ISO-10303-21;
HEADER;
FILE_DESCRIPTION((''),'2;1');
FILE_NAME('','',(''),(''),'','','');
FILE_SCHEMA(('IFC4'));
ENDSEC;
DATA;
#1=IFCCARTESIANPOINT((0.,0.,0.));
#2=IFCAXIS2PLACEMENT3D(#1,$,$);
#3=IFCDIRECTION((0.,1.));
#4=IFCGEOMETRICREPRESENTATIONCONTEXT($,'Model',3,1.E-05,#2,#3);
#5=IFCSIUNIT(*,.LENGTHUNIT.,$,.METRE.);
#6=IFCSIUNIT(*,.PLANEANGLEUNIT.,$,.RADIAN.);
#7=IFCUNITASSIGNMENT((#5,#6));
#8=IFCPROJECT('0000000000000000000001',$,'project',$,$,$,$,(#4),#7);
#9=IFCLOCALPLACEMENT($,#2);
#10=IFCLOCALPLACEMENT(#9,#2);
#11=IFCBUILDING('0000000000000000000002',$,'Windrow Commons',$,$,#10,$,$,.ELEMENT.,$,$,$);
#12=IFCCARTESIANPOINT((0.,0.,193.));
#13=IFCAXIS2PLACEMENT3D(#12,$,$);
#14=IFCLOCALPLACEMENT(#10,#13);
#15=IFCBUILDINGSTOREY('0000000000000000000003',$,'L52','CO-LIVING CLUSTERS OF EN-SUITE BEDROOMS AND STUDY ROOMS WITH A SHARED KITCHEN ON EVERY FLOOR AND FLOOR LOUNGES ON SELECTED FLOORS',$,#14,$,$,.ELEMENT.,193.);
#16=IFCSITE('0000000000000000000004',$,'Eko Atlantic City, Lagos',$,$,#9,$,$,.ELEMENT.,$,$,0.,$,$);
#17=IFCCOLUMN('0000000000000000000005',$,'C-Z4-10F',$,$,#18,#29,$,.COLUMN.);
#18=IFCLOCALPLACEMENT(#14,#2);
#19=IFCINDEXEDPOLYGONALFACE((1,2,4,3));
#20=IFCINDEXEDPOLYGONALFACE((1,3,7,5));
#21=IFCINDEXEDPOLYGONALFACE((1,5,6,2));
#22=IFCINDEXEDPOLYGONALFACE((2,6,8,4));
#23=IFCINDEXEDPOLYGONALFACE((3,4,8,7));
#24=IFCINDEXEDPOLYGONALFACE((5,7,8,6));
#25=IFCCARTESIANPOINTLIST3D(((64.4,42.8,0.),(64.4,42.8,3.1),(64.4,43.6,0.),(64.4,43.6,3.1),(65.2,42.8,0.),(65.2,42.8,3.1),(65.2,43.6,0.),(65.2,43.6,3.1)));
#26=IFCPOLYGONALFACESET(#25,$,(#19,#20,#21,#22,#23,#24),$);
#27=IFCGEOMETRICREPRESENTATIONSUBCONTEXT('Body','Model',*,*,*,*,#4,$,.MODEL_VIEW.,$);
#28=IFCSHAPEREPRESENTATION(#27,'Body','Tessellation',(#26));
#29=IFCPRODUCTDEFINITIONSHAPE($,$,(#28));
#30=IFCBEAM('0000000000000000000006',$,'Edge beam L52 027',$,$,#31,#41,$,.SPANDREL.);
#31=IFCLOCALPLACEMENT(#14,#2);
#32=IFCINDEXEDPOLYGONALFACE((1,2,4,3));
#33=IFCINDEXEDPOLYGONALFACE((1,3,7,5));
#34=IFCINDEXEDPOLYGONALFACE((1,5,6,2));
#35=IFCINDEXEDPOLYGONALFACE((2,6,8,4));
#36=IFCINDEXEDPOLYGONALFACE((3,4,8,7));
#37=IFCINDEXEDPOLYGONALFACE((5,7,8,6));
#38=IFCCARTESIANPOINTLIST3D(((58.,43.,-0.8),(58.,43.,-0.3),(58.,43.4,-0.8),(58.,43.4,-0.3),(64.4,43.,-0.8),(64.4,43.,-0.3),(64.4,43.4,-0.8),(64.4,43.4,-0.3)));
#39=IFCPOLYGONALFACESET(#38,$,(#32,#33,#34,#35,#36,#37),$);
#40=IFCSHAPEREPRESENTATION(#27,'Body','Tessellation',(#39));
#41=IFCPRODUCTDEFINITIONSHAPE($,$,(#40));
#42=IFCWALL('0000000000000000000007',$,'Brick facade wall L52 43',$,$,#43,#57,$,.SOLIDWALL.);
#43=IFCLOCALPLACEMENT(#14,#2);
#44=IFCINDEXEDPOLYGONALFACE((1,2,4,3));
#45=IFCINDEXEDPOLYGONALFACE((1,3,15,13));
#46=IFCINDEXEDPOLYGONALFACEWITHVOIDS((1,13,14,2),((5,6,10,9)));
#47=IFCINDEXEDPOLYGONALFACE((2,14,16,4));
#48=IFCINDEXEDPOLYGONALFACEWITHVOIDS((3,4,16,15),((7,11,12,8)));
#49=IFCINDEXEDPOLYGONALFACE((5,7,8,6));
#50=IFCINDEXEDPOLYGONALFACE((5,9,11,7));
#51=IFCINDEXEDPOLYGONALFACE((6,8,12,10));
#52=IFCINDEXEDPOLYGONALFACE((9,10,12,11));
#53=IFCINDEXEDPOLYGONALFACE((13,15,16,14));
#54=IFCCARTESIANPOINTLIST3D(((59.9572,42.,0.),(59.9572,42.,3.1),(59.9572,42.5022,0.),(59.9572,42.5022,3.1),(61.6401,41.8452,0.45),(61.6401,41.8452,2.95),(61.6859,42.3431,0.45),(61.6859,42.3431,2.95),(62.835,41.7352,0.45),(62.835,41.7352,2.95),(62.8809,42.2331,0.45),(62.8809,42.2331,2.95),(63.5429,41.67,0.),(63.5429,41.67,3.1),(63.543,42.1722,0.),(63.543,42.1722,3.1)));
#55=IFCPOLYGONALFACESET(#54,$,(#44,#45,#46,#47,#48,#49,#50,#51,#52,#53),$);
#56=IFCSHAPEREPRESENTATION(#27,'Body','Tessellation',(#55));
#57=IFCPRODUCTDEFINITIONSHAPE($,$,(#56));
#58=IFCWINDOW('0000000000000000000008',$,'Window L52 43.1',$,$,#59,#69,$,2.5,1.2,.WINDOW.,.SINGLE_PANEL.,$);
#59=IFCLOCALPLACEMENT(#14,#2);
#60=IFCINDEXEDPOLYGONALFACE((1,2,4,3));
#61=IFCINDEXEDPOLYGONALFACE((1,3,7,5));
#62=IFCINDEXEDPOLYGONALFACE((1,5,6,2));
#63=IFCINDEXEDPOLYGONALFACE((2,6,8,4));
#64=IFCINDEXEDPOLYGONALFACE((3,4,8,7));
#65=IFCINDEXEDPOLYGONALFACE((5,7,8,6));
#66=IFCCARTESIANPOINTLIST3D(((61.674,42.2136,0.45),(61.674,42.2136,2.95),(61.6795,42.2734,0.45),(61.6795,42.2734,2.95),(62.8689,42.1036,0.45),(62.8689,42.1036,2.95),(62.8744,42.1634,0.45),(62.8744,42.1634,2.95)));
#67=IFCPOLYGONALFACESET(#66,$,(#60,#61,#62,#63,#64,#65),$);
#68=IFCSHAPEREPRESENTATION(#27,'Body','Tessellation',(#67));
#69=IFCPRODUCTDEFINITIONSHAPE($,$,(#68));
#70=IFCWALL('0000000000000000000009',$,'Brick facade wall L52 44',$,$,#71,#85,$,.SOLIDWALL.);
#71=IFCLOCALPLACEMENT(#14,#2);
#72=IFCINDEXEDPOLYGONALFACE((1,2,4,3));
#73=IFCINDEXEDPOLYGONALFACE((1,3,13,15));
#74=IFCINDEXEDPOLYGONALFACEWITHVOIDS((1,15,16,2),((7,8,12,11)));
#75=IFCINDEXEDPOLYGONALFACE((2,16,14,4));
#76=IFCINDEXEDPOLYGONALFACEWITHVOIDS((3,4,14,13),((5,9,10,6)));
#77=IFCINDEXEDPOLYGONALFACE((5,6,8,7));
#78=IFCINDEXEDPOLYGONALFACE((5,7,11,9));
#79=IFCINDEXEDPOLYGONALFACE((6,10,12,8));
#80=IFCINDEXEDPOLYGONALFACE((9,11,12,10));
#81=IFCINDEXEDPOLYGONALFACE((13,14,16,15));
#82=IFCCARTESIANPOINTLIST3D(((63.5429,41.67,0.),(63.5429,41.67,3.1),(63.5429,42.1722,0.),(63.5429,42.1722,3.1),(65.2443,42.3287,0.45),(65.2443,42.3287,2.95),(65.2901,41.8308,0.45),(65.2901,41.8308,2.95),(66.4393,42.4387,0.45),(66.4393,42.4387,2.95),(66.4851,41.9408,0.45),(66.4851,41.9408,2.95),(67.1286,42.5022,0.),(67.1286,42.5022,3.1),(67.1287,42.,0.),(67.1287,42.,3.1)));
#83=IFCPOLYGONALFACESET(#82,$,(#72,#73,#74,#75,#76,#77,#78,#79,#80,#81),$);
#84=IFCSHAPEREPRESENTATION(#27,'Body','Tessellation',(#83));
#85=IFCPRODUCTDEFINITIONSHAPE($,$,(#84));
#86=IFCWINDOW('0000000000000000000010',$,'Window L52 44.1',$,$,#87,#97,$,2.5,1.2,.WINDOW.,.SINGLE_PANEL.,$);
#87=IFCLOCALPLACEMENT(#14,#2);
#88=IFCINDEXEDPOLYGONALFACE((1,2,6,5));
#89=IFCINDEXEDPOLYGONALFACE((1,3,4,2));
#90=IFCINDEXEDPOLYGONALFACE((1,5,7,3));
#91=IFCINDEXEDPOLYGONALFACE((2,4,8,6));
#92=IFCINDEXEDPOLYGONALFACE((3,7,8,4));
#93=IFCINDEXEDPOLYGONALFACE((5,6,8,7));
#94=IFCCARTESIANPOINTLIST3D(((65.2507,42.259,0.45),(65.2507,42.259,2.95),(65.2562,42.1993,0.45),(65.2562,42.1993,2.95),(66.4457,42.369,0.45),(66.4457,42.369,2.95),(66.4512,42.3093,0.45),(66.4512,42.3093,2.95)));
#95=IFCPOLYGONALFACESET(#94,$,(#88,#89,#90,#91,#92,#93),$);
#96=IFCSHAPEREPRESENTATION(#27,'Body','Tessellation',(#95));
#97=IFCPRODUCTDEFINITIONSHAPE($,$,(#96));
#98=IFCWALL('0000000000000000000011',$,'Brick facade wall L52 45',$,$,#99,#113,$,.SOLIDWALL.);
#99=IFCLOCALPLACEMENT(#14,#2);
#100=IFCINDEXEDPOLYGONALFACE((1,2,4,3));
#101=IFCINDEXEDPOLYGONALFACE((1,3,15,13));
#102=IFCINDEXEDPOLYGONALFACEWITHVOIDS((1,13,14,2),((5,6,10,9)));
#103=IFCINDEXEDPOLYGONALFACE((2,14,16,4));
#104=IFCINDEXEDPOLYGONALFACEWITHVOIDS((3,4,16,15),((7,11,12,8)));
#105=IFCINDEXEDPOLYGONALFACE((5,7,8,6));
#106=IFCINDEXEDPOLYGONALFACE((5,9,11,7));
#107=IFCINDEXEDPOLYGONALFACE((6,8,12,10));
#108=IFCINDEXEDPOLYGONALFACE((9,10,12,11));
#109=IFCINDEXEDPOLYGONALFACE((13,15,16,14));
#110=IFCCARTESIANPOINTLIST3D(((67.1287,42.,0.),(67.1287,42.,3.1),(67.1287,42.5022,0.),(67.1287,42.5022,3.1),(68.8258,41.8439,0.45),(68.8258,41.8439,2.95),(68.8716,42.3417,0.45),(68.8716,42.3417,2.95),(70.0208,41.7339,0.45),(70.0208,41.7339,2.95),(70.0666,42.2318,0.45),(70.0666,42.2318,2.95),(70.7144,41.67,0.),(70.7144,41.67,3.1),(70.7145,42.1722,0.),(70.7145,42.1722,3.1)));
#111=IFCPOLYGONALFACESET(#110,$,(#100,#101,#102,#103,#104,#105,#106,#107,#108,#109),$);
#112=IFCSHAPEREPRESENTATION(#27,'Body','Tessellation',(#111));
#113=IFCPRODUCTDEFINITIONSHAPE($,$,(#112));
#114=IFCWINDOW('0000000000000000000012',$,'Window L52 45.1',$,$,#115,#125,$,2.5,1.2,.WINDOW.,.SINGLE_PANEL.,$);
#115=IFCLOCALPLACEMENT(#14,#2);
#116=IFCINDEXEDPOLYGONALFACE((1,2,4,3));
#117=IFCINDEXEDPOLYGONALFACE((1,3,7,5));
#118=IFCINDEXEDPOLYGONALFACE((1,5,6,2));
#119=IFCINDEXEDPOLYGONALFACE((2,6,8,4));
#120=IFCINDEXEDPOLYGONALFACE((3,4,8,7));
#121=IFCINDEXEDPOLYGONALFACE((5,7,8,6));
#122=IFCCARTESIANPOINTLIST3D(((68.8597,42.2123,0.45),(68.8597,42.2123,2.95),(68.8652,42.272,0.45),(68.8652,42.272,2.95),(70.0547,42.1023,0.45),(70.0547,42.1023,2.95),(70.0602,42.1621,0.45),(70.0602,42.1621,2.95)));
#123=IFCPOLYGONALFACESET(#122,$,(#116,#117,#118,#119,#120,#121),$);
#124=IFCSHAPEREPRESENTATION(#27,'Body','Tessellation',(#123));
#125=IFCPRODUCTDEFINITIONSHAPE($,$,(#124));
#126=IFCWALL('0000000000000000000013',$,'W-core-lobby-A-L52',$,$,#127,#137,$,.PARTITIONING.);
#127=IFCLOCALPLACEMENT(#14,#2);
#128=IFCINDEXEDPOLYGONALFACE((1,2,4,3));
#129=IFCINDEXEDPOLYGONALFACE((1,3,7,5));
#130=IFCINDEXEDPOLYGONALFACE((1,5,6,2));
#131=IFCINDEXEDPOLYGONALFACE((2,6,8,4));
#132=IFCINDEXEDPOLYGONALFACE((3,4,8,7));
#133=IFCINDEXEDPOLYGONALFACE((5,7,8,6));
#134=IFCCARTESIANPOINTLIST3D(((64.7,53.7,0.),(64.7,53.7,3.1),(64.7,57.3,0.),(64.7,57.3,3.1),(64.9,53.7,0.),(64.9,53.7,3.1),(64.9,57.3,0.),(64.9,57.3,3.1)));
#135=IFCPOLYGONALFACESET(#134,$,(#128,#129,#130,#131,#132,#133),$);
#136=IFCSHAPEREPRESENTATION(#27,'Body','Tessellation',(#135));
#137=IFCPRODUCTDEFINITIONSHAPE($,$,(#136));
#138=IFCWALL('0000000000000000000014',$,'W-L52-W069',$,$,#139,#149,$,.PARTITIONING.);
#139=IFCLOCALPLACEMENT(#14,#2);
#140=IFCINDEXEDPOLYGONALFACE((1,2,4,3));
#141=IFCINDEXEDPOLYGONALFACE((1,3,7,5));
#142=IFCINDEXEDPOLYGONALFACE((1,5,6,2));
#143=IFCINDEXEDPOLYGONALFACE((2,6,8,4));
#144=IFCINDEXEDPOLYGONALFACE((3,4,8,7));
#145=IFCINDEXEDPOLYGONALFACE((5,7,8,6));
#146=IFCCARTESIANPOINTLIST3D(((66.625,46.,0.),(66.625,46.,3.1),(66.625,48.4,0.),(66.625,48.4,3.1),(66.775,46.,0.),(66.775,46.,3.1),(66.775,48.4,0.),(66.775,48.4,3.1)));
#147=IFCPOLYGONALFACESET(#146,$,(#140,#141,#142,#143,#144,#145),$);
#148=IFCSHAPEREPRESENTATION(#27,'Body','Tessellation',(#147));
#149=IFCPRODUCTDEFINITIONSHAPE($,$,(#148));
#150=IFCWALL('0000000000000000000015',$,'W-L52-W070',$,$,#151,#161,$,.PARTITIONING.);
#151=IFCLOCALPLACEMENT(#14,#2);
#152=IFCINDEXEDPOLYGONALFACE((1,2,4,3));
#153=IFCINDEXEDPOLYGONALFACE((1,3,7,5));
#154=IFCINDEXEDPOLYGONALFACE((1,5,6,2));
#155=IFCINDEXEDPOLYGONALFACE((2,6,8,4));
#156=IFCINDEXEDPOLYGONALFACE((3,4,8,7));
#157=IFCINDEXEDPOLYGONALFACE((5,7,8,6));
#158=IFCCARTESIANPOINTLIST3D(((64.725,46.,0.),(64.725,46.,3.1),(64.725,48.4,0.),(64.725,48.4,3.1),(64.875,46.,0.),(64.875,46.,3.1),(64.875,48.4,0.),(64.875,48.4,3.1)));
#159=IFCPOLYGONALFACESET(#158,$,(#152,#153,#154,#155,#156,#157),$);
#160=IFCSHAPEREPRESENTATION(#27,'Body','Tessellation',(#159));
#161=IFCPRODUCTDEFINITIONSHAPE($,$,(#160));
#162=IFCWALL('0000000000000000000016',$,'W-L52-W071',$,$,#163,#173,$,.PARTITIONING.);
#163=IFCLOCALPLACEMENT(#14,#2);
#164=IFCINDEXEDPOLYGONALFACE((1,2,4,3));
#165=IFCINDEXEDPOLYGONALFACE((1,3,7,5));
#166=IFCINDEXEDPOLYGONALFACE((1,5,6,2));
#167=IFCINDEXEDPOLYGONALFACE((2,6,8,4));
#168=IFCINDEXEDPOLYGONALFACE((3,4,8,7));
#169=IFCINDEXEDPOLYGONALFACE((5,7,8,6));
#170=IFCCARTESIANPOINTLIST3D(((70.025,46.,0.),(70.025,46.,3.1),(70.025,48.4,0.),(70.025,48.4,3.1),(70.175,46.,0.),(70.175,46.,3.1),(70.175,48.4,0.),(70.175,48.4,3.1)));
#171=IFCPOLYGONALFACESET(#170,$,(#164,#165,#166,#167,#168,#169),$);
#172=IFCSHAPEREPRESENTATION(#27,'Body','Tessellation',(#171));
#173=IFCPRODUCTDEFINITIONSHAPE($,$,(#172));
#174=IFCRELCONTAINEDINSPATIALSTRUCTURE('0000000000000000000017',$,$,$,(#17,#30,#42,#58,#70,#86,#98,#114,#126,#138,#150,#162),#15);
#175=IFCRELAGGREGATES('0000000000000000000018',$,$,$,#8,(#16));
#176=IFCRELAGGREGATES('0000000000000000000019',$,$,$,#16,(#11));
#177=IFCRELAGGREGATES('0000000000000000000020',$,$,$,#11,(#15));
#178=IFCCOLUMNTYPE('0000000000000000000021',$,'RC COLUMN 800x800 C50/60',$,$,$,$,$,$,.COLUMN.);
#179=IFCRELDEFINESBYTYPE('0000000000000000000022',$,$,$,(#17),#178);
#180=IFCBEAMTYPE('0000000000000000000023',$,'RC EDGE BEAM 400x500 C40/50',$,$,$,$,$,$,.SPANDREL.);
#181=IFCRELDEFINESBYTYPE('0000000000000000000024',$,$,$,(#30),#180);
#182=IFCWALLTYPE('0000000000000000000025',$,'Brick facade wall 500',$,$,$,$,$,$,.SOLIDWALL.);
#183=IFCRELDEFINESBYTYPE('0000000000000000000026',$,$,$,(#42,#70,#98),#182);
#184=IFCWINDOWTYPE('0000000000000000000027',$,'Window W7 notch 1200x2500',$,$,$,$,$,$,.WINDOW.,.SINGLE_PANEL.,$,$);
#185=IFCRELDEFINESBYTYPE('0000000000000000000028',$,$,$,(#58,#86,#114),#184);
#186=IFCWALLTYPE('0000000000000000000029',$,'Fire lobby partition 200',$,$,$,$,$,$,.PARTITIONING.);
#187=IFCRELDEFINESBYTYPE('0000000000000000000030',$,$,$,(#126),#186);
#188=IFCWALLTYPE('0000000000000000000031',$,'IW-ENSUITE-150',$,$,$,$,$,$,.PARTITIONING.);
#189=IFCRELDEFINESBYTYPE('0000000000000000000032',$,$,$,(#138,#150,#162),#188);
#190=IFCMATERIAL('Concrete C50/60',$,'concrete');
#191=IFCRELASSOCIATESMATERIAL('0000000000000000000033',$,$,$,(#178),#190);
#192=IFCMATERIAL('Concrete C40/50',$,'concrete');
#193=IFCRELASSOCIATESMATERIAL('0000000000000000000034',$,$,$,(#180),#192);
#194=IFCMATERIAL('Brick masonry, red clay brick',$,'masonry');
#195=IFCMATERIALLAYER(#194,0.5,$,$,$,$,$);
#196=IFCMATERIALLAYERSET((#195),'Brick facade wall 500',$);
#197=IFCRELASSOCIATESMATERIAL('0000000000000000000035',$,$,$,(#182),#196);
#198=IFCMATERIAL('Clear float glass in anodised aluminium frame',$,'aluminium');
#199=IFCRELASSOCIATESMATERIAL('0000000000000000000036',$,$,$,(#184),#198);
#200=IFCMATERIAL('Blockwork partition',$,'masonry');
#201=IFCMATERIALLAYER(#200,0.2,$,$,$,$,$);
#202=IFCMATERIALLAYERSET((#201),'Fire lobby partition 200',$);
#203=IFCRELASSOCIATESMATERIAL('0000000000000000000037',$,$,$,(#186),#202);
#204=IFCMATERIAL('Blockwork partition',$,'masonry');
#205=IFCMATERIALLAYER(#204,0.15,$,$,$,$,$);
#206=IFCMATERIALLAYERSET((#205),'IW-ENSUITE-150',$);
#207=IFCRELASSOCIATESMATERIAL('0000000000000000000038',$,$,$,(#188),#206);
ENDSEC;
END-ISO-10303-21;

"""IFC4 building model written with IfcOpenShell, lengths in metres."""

from ifc_helpers import new_model, si_unit, direction, frame, frame_2d, origin, origin_2d, place, context, subcontext, project, spatial, polyline, rectangle, outline, extrude, material, layer, layer_set, material_profile, profile_set, type_object, element, fill, save


model = new_model("IFC4")

# Units and contexts
model_context = context("Model", 3, precision=1e-05, world=origin(), true_north=direction((0.0, 1.0)))
body_context = subcontext(model_context, "Body", "Model", "MODEL_VIEW")
ifc_project = project(units=[si_unit("LENGTHUNIT", "METRE"), si_unit("PLANEANGLEUNIT", "RADIAN")], contexts=[model_context])

# Site, building, storey
site_placement = place(None, origin())
site = spatial("IfcSite", under=ifc_project, at=site_placement, Name="Eko Atlantic City, Lagos", CompositionType="ELEMENT", RefElevation=0.0)
building_placement = place(site_placement, origin())
building = spatial("IfcBuilding", under=site, at=building_placement, Name="Windrow Commons", CompositionType="ELEMENT")
storey_placement = place(building_placement, frame((0.0, 0.0, 193.0)))
storey = spatial("IfcBuildingStorey", under=building, at=storey_placement, Name="L52", Description="CO-LIVING CLUSTERS OF EN-SUITE BEDROOMS AND STUDY ROOMS WITH A SHARED KITCHEN ON EVERY FLOOR AND FLOOR LOUNGES ON SELECTED FLOORS", CompositionType="ELEMENT", Elevation=193.0)

# Column
ifc_material_1 = material(Name="Concrete C50/60", Category="concrete")
ifc_material_profile_1 = material_profile(ifc_material_1, rectangle(XDim=0.8, YDim=0.8, at=origin_2d()))
ifc_profile_set_1 = profile_set([ifc_material_profile_1], Name="Concrete C50/60")
column_type = type_object("IfcColumnType", Name="RC COLUMN 800x800 C50/60", PredefinedType="COLUMN", material=ifc_profile_set_1)
column_placement = place(storey_placement, frame((64.8, 43.2, 0.0), z_axis=(0.0, 0.0, 1.0), x_axis=(1.0, 0.0, 0.0)))
element("IfcColumn", 1, at=column_placement, inside=storey, type_object=column_type, Name="C-Z4-10F", PredefinedType="COLUMN", context=body_context, shape_type="SweptSolid", body=[
    extrude(rectangle(XDim=0.8, YDim=0.8, at=origin_2d()), origin(), (0.0, 0.0, 1.0), 3.1),
])

# Beam
ifc_material_2 = material(Name="Concrete C40/50", Category="concrete")
ifc_material_profile_2 = material_profile(ifc_material_2, rectangle(XDim=0.4, YDim=0.5, at=origin_2d()))
ifc_profile_set_2 = profile_set([ifc_material_profile_2], Name="Concrete C40/50")
beam_type = type_object("IfcBeamType", Name="RC EDGE BEAM 400x500 C40/50", PredefinedType="SPANDREL", material=ifc_profile_set_2)
beam_placement = place(storey_placement, frame((64.4, 43.2, -0.55), z_axis=(-1.0, 0.0, 0.0), x_axis=(0.0, -1.0, 0.0)))
element("IfcBeam", 2, at=beam_placement, inside=storey, type_object=beam_type, Name="Edge beam L52 027", PredefinedType="SPANDREL", context=body_context, shape_type="SweptSolid", body=[
    extrude(rectangle(XDim=0.4, YDim=0.5, at=origin_2d()), origin(), (0.0, 0.0, 1.0), 6.4),
])

# Walls, openings, windows
ifc_material_3 = material(Name="Brick masonry, red clay brick", Category="masonry")
ifc_layer_1 = layer(ifc_material_3, 0.5)
ifc_layer_set_1 = layer_set([ifc_layer_1], Name="Brick facade wall 500")
wall_type_1 = type_object("IfcWallType", Name="Brick facade wall 500", PredefinedType="SOLIDWALL", material=ifc_layer_set_1)
wall_1_placement = place(storey_placement, frame((59.9572, 42.2511, 0.0), z_axis=(0.0, 0.0, 1.0), x_axis=(0.995792, -0.091645, 0.0)))
wall_1 = element("IfcWall", 3, at=wall_1_placement, inside=storey, type_object=wall_type_1, Name="Brick facade wall L52 43", PredefinedType="SOLIDWALL", context=body_context, shape_type="SweptSolid", body=[
    extrude(outline(polyline([(0.023, -0.25), (3.6239, -0.25), (3.5779, 0.25), (-0.023, 0.25), (0.023, -0.25)])), origin(), (0.0, 0.0, 1.0), 3.1),
])
opening_1_placement = place(wall_1_placement, frame((1.713, 0.0, 0.45)))
opening_1 = element("IfcOpeningElement", 4, at=opening_1_placement, cuts=wall_1, PredefinedType="OPENING", context=body_context, shape_type="SweptSolid", body=[
    extrude(rectangle(XDim=1.2, YDim=2.5, at=frame_2d((0.6, 1.25))), frame((0.0, 0.26, 0.0), z_axis=(0.0, -1.0, 0.0), x_axis=(1.0, 0.0, 0.0)), (0.0, 0.0, 1.0), 0.52),
])
ifc_material_4 = material(Name="Clear float glass in anodised aluminium frame", Category="aluminium")
window_type = type_object("IfcWindowType", Name="Window W7 notch 1200x2500", PartitioningType="SINGLE_PANEL", PredefinedType="WINDOW", material=ifc_material_4)
window_1_placement = place(opening_1_placement, origin())
window_1 = element("IfcWindow", 5, at=window_1_placement, inside=storey, type_object=window_type, Name="Window L52 43.1", OverallHeight=2.5, OverallWidth=1.2, PartitioningType="SINGLE_PANEL", PredefinedType="WINDOW", context=body_context, shape_type="SweptSolid", body=[
    extrude(rectangle(XDim=1.2, YDim=2.5, at=frame_2d((0.6, 1.25))), frame((0.0, 0.18, 0.0), z_axis=(0.0, -1.0, 0.0), x_axis=(1.0, 0.0, 0.0)), (0.0, 0.0, 1.0), 0.06),
])
fill(opening_1, window_1)
wall_2_placement = place(storey_placement, frame((63.5429, 41.9211, 0.0), z_axis=(0.0, 0.0, 1.0), x_axis=(0.995792, 0.091642, 0.0)))
wall_2 = element("IfcWall", 6, at=wall_2_placement, inside=storey, type_object=wall_type_1, Name="Brick facade wall L52 44", PredefinedType="SOLIDWALL", context=body_context, shape_type="SweptSolid", body=[
    extrude(outline(polyline([(-0.023, -0.25), (3.5779, -0.25), (3.6239, 0.25), (0.023, 0.25), (-0.023, -0.25)])), origin(), (0.0, 0.0, 1.0), 3.1),
])
opening_2_placement = place(wall_2_placement, frame((1.7316, 0.0, 0.45)))
opening_2 = element("IfcOpeningElement", 7, at=opening_2_placement, cuts=wall_2, PredefinedType="OPENING", context=body_context, shape_type="SweptSolid", body=[
    extrude(rectangle(XDim=1.2, YDim=2.5, at=frame_2d((0.6, 1.25))), frame((0.0, 0.26, 0.0), z_axis=(0.0, -1.0, 0.0), x_axis=(1.0, 0.0, 0.0)), (0.0, 0.0, 1.0), 0.52),
])
window_2_placement = place(opening_2_placement, origin())
window_2 = element("IfcWindow", 8, at=window_2_placement, inside=storey, type_object=window_type, Name="Window L52 44.1", OverallHeight=2.5, OverallWidth=1.2, PartitioningType="SINGLE_PANEL", PredefinedType="WINDOW", context=body_context, shape_type="SweptSolid", body=[
    extrude(rectangle(XDim=1.2, YDim=2.5, at=frame_2d((0.6, 1.25))), frame((0.0, 0.18, 0.0), z_axis=(0.0, -1.0, 0.0), x_axis=(1.0, 0.0, 0.0)), (0.0, 0.0, 1.0), 0.06),
])
fill(opening_2, window_2)
wall_3_placement = place(storey_placement, frame((67.1287, 42.2511, 0.0), z_axis=(0.0, 0.0, 1.0), x_axis=(0.995792, -0.091645, 0.0)))
wall_3 = element("IfcWall", 9, at=wall_3_placement, inside=storey, type_object=wall_type_1, Name="Brick facade wall L52 45", PredefinedType="SOLIDWALL", context=body_context, shape_type="SweptSolid", body=[
    extrude(outline(polyline([(0.023, -0.25), (3.6239, -0.25), (3.5779, 0.25), (-0.023, 0.25), (0.023, -0.25)])), origin(), (0.0, 0.0, 1.0), 3.1),
])
opening_3_placement = place(wall_3_placement, frame((1.7273, 0.0, 0.45)))
opening_3 = element("IfcOpeningElement", 10, at=opening_3_placement, cuts=wall_3, PredefinedType="OPENING", context=body_context, shape_type="SweptSolid", body=[
    extrude(rectangle(XDim=1.2, YDim=2.5, at=frame_2d((0.6, 1.25))), frame((0.0, 0.26, 0.0), z_axis=(0.0, -1.0, 0.0), x_axis=(1.0, 0.0, 0.0)), (0.0, 0.0, 1.0), 0.52),
])
window_3_placement = place(opening_3_placement, origin())
window_3 = element("IfcWindow", 11, at=window_3_placement, inside=storey, type_object=window_type, Name="Window L52 45.1", OverallHeight=2.5, OverallWidth=1.2, PartitioningType="SINGLE_PANEL", PredefinedType="WINDOW", context=body_context, shape_type="SweptSolid", body=[
    extrude(rectangle(XDim=1.2, YDim=2.5, at=frame_2d((0.6, 1.25))), frame((0.0, 0.18, 0.0), z_axis=(0.0, -1.0, 0.0), x_axis=(1.0, 0.0, 0.0)), (0.0, 0.0, 1.0), 0.06),
])
fill(opening_3, window_3)

# Walls
ifc_material_5 = material(Name="Blockwork partition", Category="masonry")
ifc_layer_2 = layer(ifc_material_5, 0.2)
ifc_layer_set_2 = layer_set([ifc_layer_2], Name="Fire lobby partition 200")
wall_type_2 = type_object("IfcWallType", Name="Fire lobby partition 200", PredefinedType="PARTITIONING", material=ifc_layer_set_2)
wall_4_placement = place(storey_placement, frame((64.8, 53.7, 0.0), z_axis=(0.0, 0.0, 1.0), x_axis=(0.0, 1.0, 0.0)))
element("IfcWall", 12, at=wall_4_placement, inside=storey, type_object=wall_type_2, Name="W-core-lobby-A-L52", PredefinedType="PARTITIONING", context=body_context, shape_type="SweptSolid", body=[
    extrude(rectangle(XDim=3.6, YDim=0.2, at=frame_2d((1.8, 0.0))), origin(), (0.0, 0.0, 1.0), 3.1),
])
ifc_material_6 = material(Name="Blockwork partition", Category="masonry")
ifc_layer_3 = layer(ifc_material_6, 0.15)
ifc_layer_set_3 = layer_set([ifc_layer_3], Name="IW-ENSUITE-150")
wall_type_3 = type_object("IfcWallType", Name="IW-ENSUITE-150", PredefinedType="PARTITIONING", material=ifc_layer_set_3)
for number, where, z_axis, x_axis, name in (
    (13, (66.7, 46.0, 0.0), (0.0, 0.0, 1.0), (0.0, 1.0, 0.0), "W-L52-W069"),
    (14, (64.8, 46.0, 0.0), (0.0, 0.0, 1.0), (0.0, 1.0, 0.0), "W-L52-W070"),
    (15, (70.1, 46.0, 0.0), (0.0, 0.0, 1.0), (0.0, 1.0, 0.0), "W-L52-W071"),
):
    element("IfcWall", number, at=place(storey_placement, frame(where, z_axis=z_axis, x_axis=x_axis)), inside=storey, type_object=wall_type_3, Name=name, PredefinedType="PARTITIONING", context=body_context, shape_type="SweptSolid", body=[
        extrude(rectangle(XDim=2.4, YDim=0.15, at=frame_2d((1.2, 0.0))), origin(), (0.0, 0.0, 1.0), 3.1),
    ])

save(model, "model.ifc")
